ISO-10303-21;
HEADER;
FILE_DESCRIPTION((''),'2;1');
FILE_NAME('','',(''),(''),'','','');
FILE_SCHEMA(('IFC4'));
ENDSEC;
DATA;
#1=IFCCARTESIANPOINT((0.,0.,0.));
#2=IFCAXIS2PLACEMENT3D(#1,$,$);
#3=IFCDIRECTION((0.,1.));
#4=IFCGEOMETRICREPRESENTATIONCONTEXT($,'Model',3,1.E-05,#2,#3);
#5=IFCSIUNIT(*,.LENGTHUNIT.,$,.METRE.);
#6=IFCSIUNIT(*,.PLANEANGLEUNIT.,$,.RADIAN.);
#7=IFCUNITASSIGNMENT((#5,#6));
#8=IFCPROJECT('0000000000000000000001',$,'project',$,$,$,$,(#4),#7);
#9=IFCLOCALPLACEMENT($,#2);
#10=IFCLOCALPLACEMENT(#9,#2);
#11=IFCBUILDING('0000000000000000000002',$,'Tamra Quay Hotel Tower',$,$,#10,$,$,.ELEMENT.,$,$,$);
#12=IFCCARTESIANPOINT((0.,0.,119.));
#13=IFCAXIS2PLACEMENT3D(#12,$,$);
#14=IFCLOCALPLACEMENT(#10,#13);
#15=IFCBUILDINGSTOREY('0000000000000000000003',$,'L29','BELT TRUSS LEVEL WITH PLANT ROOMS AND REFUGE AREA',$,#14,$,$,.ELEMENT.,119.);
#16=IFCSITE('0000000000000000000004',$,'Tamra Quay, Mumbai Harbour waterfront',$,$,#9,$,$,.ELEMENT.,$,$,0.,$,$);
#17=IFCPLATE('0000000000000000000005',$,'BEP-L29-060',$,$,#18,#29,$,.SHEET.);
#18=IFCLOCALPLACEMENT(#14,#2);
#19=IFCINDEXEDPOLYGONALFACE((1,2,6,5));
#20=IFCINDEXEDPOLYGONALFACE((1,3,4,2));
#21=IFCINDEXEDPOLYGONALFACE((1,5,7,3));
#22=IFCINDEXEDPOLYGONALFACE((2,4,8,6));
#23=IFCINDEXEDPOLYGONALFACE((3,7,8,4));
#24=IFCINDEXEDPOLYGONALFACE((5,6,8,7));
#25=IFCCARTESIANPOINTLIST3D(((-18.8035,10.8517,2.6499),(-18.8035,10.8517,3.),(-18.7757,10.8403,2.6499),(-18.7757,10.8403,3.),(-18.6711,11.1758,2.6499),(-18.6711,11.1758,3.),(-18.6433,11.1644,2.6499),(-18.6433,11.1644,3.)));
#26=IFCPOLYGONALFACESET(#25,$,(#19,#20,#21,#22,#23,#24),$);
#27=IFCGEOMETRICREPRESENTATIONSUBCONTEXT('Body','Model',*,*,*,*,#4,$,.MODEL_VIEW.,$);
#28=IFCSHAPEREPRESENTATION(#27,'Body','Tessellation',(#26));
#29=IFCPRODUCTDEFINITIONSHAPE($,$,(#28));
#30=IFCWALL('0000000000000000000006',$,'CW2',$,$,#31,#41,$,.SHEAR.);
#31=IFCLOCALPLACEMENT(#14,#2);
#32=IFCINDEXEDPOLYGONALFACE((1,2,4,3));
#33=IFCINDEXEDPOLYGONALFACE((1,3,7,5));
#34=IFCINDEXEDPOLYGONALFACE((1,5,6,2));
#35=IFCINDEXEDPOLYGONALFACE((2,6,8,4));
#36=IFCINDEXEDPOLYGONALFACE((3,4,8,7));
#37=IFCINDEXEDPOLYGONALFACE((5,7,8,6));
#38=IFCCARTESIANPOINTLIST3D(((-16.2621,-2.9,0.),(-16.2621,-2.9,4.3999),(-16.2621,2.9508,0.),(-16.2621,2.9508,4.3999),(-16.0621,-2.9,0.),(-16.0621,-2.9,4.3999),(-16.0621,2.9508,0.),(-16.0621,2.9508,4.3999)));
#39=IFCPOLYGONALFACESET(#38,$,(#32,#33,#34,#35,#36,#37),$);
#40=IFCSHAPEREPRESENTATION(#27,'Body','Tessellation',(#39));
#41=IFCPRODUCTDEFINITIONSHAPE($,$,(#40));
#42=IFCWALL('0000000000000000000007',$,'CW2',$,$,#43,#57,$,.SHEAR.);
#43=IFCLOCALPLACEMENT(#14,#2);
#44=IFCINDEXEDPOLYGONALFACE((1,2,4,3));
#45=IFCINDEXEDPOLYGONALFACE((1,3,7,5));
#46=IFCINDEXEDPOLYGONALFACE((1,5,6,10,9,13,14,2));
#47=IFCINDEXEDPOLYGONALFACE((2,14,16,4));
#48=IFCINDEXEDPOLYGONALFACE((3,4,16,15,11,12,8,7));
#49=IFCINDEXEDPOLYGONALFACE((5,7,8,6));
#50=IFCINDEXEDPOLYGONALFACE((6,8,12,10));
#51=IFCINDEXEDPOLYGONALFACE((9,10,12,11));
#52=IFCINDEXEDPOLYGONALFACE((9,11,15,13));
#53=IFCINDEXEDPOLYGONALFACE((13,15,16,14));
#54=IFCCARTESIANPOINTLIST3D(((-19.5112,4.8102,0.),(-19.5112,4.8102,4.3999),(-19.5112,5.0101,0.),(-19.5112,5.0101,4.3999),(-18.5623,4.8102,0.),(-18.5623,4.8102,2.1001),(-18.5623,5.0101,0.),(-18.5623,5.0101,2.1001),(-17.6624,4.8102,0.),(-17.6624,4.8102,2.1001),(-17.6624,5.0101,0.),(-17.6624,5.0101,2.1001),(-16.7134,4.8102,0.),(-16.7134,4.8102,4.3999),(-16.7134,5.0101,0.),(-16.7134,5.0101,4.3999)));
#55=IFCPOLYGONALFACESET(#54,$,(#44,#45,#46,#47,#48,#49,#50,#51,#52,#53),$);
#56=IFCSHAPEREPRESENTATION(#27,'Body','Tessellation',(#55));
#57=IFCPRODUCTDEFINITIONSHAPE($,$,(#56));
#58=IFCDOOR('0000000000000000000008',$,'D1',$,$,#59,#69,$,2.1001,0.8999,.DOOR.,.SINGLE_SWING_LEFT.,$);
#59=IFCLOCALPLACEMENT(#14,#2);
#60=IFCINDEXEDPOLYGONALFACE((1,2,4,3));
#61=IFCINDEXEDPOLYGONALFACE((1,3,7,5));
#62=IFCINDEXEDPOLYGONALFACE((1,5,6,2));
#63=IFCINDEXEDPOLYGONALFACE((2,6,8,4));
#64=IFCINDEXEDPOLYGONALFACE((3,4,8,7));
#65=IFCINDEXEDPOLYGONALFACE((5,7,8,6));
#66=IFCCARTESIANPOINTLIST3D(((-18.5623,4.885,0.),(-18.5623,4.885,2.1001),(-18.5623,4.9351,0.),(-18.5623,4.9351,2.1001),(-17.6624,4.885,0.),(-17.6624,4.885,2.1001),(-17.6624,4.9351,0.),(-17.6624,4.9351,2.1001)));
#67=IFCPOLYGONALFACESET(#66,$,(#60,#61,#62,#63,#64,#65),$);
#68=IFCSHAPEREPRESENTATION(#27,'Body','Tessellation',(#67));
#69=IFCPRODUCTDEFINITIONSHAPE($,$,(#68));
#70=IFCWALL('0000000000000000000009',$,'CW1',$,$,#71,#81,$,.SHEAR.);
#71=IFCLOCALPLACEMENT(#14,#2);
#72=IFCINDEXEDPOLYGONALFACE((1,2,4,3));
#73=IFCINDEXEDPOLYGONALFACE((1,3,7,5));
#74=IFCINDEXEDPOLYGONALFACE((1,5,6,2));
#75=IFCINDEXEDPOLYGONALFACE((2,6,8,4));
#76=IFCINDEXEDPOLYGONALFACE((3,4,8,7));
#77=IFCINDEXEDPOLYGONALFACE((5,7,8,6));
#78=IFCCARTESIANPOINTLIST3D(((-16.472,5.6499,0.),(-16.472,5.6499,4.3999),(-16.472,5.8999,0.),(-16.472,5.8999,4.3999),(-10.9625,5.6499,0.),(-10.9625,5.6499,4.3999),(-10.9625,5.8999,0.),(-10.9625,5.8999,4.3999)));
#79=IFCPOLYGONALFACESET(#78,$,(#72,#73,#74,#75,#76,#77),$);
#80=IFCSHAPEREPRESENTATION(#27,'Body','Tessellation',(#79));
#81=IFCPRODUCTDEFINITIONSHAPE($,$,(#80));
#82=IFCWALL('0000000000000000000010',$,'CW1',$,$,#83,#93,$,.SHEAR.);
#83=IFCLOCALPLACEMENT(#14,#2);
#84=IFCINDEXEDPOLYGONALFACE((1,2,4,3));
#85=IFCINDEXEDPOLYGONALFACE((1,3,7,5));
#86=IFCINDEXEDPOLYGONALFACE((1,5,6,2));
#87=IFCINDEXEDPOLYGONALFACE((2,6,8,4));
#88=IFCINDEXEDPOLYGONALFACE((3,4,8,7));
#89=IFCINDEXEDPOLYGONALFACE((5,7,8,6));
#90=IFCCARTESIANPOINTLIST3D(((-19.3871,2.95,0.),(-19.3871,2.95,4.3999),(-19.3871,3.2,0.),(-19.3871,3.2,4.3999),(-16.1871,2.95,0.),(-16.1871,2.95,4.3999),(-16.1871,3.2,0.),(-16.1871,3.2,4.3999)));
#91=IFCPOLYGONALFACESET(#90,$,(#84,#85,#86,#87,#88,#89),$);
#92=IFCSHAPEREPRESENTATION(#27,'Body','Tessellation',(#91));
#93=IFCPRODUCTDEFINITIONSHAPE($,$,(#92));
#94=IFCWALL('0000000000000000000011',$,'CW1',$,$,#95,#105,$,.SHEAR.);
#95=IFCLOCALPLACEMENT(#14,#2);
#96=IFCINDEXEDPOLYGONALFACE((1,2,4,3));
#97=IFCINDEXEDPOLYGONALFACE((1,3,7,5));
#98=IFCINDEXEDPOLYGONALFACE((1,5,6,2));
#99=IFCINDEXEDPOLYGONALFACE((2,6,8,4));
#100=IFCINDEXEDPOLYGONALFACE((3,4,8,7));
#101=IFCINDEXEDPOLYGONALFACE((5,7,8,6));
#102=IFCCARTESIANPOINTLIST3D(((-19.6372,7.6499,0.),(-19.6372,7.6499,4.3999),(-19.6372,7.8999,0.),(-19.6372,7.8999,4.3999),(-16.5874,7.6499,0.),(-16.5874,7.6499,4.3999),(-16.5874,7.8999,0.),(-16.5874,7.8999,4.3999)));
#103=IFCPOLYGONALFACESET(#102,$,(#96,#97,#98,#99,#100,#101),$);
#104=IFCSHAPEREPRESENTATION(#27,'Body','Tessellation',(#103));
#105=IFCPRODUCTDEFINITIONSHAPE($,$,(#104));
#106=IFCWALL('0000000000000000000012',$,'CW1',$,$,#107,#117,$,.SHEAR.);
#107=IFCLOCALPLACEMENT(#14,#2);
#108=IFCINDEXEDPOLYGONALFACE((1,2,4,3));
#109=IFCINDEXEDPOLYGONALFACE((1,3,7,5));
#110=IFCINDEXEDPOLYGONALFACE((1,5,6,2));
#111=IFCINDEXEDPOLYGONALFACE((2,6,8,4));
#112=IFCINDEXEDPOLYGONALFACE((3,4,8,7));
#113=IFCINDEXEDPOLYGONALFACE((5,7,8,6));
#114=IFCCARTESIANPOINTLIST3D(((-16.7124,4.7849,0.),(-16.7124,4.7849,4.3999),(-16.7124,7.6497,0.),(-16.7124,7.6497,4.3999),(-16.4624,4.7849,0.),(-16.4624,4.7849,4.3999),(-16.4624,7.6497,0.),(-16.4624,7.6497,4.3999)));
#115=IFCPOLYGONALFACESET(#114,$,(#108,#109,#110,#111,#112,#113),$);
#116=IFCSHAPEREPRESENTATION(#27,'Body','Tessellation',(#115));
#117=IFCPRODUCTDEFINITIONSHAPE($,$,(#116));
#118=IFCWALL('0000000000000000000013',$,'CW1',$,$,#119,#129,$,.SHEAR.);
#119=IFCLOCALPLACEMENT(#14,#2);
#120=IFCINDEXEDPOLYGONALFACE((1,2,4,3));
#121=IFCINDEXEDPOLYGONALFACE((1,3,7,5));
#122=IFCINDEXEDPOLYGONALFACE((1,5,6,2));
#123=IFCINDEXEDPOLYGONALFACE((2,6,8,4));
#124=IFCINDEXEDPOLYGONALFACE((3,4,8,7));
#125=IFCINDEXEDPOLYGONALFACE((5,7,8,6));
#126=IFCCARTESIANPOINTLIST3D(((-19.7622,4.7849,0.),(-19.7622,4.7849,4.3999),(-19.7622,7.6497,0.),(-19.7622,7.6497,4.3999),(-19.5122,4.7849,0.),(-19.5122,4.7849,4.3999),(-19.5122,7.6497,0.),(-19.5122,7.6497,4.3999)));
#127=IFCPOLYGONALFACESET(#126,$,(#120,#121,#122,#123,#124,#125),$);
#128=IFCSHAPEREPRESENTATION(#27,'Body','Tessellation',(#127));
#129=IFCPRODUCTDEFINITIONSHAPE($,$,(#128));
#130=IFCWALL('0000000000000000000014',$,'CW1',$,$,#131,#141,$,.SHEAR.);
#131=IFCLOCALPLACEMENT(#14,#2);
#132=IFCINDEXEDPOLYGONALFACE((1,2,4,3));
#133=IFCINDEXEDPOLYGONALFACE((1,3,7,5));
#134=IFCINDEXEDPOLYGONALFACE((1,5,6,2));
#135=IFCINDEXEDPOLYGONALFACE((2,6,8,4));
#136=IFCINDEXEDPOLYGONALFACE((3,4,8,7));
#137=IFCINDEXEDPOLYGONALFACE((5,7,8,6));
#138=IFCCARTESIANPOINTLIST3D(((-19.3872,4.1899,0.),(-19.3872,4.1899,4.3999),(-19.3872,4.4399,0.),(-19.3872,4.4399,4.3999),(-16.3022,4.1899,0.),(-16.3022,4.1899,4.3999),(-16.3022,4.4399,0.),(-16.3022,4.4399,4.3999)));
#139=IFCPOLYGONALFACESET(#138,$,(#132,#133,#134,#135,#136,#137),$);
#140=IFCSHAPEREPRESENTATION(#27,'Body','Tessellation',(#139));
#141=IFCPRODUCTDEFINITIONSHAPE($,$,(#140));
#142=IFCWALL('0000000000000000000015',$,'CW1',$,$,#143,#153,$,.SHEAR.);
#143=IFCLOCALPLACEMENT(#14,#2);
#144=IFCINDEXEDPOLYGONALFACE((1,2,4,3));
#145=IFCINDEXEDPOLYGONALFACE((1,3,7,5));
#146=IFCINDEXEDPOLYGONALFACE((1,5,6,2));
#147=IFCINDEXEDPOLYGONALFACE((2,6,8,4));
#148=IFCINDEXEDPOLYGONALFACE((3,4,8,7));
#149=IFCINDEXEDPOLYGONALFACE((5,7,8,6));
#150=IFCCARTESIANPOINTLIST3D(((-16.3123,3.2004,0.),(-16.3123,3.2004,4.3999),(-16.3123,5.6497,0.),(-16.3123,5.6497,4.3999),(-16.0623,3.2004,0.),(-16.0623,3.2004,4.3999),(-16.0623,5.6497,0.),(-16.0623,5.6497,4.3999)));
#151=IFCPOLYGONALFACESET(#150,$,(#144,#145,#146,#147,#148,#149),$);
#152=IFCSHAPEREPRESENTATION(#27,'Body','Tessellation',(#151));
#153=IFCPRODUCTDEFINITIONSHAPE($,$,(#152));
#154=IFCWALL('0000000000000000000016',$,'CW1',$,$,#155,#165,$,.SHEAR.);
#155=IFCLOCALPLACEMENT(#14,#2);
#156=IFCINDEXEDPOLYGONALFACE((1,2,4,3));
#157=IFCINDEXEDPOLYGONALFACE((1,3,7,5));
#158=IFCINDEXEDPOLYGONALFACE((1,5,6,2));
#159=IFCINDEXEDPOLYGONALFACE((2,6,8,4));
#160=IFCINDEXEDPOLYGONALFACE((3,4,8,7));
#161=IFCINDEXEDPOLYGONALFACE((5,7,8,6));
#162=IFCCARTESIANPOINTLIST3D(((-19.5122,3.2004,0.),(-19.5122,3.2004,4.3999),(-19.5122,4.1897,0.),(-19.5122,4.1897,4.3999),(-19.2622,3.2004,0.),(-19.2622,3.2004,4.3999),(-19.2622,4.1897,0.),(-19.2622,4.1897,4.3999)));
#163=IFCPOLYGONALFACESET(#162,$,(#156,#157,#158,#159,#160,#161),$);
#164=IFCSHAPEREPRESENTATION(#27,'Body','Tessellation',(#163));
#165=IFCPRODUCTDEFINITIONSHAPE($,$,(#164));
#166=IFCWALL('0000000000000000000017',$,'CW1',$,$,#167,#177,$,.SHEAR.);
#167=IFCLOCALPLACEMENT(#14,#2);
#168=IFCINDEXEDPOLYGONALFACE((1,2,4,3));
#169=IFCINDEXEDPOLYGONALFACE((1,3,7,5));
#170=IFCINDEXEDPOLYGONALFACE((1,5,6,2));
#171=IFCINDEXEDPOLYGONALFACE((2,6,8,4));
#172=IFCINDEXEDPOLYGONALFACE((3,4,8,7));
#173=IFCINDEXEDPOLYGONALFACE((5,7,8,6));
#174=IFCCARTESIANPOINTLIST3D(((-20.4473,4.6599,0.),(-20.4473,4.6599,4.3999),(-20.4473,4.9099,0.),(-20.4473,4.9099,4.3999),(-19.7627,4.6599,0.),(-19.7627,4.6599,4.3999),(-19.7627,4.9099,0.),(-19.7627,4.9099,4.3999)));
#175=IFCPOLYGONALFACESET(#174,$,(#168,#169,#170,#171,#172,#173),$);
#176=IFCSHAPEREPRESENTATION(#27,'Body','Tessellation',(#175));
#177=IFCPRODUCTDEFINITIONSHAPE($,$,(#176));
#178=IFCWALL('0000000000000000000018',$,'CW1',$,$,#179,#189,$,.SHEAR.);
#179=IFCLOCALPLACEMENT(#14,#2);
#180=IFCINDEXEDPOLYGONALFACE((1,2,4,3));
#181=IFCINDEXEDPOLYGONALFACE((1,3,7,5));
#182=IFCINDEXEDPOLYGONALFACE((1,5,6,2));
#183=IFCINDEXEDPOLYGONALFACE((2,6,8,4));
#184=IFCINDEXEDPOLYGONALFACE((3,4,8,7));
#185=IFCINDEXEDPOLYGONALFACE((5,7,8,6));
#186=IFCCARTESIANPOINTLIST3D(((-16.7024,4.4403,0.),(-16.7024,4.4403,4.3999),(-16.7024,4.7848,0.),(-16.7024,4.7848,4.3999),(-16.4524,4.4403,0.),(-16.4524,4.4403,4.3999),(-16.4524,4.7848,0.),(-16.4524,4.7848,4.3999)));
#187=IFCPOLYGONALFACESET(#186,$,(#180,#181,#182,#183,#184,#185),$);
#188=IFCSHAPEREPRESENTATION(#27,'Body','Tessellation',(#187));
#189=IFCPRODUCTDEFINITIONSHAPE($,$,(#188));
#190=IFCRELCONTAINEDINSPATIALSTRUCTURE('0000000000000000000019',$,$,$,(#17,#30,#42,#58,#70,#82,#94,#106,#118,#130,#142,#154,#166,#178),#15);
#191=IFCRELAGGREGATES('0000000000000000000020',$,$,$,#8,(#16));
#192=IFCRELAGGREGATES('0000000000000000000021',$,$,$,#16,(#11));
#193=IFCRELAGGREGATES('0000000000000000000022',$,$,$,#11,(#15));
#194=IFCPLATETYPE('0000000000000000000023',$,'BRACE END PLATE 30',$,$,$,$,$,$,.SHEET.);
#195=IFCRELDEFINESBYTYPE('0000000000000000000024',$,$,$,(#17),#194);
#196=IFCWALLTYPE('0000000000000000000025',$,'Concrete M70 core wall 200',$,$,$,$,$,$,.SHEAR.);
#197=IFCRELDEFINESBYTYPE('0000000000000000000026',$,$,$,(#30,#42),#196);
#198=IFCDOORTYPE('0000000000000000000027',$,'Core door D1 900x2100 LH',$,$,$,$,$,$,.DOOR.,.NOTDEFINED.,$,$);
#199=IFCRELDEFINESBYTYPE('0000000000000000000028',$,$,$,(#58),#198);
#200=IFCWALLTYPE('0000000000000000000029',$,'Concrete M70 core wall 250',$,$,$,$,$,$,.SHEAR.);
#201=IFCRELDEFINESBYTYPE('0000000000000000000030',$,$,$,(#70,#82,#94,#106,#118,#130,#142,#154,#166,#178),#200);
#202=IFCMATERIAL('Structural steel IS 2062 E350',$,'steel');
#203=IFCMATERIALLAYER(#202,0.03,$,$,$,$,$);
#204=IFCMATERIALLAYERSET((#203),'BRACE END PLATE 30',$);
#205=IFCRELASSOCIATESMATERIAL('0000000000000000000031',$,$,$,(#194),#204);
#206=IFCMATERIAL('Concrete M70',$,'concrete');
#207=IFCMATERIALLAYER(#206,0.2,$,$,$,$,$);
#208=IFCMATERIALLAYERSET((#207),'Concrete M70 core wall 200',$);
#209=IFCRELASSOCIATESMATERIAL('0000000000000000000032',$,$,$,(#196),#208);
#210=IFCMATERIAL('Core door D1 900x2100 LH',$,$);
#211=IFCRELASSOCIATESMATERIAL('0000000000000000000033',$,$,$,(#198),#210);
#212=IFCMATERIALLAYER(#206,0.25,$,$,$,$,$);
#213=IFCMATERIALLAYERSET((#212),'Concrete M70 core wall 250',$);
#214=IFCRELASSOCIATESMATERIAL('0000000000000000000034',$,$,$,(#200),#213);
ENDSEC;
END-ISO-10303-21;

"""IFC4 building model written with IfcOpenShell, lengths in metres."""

from ifc_helpers import new_model, si_unit, direction, frame, frame_2d, origin, origin_2d, place, context, subcontext, project, spatial, rectangle, extrude, material, layer, layer_set, type_object, element, fill, save


model = new_model("IFC4")

# Units and contexts
model_context = context("Model", 3, precision=1e-05, world=origin(), true_north=direction((0.0, 1.0)))
body_context = subcontext(model_context, "Body", "Model", "MODEL_VIEW")
ifc_project = project(units=[si_unit("LENGTHUNIT", "METRE"), si_unit("PLANEANGLEUNIT", "RADIAN")], contexts=[model_context])

# Site, building, storey
site_placement = place(None, origin())
site = spatial("IfcSite", under=ifc_project, at=site_placement, Name="Tamra Quay, Mumbai Harbour waterfront", CompositionType="ELEMENT", RefElevation=0.0)
building_placement = place(site_placement, origin())
building = spatial("IfcBuilding", under=site, at=building_placement, Name="Tamra Quay Hotel Tower", CompositionType="ELEMENT")
storey_placement = place(building_placement, frame((0.0, 0.0, 119.0)))
storey = spatial("IfcBuildingStorey", under=building, at=storey_placement, Name="L29", Description="BELT TRUSS LEVEL WITH PLANT ROOMS AND REFUGE AREA", CompositionType="ELEMENT", Elevation=119.0)

# Shared definitions
ifc_material_1 = material(Name="Structural steel IS 2062 E350", Category="steel")

# Plate
ifc_layer_1 = layer(ifc_material_1, 0.03)
ifc_layer_set_1 = layer_set([ifc_layer_1], Name="BRACE END PLATE 30")
plate_type = type_object("IfcPlateType", Name="BRACE END PLATE 30", PredefinedType="SHEET", material=ifc_layer_set_1)
for number, where, z_axis, x_axis, name in (
    (1, (-18.7234, 11.0081, 2.6499), (0.0, 0.0, 1.0), (-0.925809, 0.377991, 0.0), "BEP-L29-060"),
):
    element("IfcPlate", number, at=place(storey_placement, frame(where, z_axis=z_axis, x_axis=x_axis)), inside=storey, type_object=plate_type, Name=name, PredefinedType="SHEET", context=body_context, shape_type="SweptSolid", body=[
        extrude(rectangle(XDim=0.03, YDim=0.3501, at=origin_2d()), origin(), (0.0, 0.0, 1.0), 0.3501),
    ])

# Wall
ifc_material_2 = material(Name="Concrete M70", Category="concrete")
ifc_layer_2 = layer(ifc_material_2, 0.2)
ifc_layer_set_2 = layer_set([ifc_layer_2], Name="Concrete M70 core wall 200")
wall_type_1 = type_object("IfcWallType", Name="Concrete M70 core wall 200", PredefinedType="SHEAR", material=ifc_layer_set_2)
wall_1_placement = place(storey_placement, frame((-16.1621, 2.9507, 0.0), z_axis=(0.0, 0.0, 1.0), x_axis=(0.0, -1.0, 0.0)))
element("IfcWall", 2, at=wall_1_placement, inside=storey, type_object=wall_type_1, Name="CW2", PredefinedType="SHEAR", context=body_context, shape_type="SweptSolid", body=[
    extrude(rectangle(XDim=5.8508, YDim=0.2, at=frame_2d((2.9253, 0.0))), origin(), (0.0, 0.0, 1.0), 4.3999),
])

# Wall, opening, door
wall_2_placement = place(storey_placement, frame((-19.5112, 4.9102, 0.0), z_axis=(0.0, 0.0, 1.0), x_axis=(1.0, 0.0, 0.0)))
wall_2 = element("IfcWall", 3, at=wall_2_placement, inside=storey, type_object=wall_type_1, Name="CW2", PredefinedType="SHEAR", context=body_context, shape_type="SweptSolid", body=[
    extrude(rectangle(XDim=2.7979, YDim=0.2, at=frame_2d((1.3989, 0.0))), origin(), (0.0, 0.0, 1.0), 4.3999),
])
opening_1_placement = place(wall_2_placement, frame((0.949, 0.0, 0.0)))
opening_1 = element("IfcOpeningElement", 4, at=opening_1_placement, cuts=wall_2, PredefinedType="OPENING", context=body_context, shape_type="SweptSolid", body=[
    extrude(rectangle(XDim=0.8999, YDim=2.1001, at=frame_2d((0.45, 1.05))), frame((0.0, 0.1099, 0.0), z_axis=(0.0, -1.0, 0.0), x_axis=(1.0, 0.0, 0.0)), (0.0, 0.0, 1.0), 0.22),
])
ifc_material_3 = material(Name="Core door D1 900x2100 LH")
door_type_1 = type_object("IfcDoorType", Name="Core door D1 900x2100 LH", OperationType="NOTDEFINED", PredefinedType="DOOR", material=ifc_material_3)
door_1_placement = place(opening_1_placement, origin())
door_1 = element("IfcDoor", 5, at=door_1_placement, inside=storey, type_object=door_type_1, Name="D1", OperationType="SINGLE_SWING_LEFT", OverallHeight=2.1001, OverallWidth=0.8999, PredefinedType="DOOR", context=body_context, shape_type="SweptSolid", body=[
    extrude(rectangle(XDim=0.8999, YDim=2.1001, at=frame_2d((0.45, 1.05))), frame((0.0, 0.0249, 0.0), z_axis=(0.0, -1.0, 0.0), x_axis=(1.0, 0.0, 0.0)), (0.0, 0.0, 1.0), 0.05),
])
fill(opening_1, door_1)

# Walls
ifc_layer_3 = layer(ifc_material_2, 0.25)
ifc_layer_set_3 = layer_set([ifc_layer_3], Name="Concrete M70 core wall 250")
wall_type_2 = type_object("IfcWallType", Name="Concrete M70 core wall 250", PredefinedType="SHEAR", material=ifc_layer_set_3)
wall_3_placement = place(storey_placement, frame((-16.4722, 5.7749, 0.0), z_axis=(0.0, 0.0, 1.0), x_axis=(1.0, 0.0, 0.0)))
element("IfcWall", 6, at=wall_3_placement, inside=storey, type_object=wall_type_2, Name="CW1", PredefinedType="SHEAR", context=body_context, shape_type="SweptSolid", body=[
    extrude(rectangle(XDim=5.5095, YDim=0.25, at=frame_2d((2.7549, 0.0))), origin(), (0.0, 0.0, 1.0), 4.3999),
])
wall_4_placement = place(storey_placement, frame((-19.3872, 3.075, 0.0), z_axis=(0.0, 0.0, 1.0), x_axis=(1.0, 0.0, 0.0)))
element("IfcWall", 7, at=wall_4_placement, inside=storey, type_object=wall_type_2, Name="CW1", PredefinedType="SHEAR", context=body_context, shape_type="SweptSolid", body=[
    extrude(rectangle(XDim=3.2, YDim=0.25, at=frame_2d((1.6001, 0.0))), origin(), (0.0, 0.0, 1.0), 4.3999),
])
wall_5_placement = place(storey_placement, frame((-19.6372, 7.7749, 0.0), z_axis=(0.0, 0.0, 1.0), x_axis=(1.0, 0.0, 0.0)))
element("IfcWall", 8, at=wall_5_placement, inside=storey, type_object=wall_type_2, Name="CW1", PredefinedType="SHEAR", context=body_context, shape_type="SweptSolid", body=[
    extrude(rectangle(XDim=3.0498, YDim=0.25, at=frame_2d((1.5249, 0.0))), origin(), (0.0, 0.0, 1.0), 4.3999),
])
for number, where, z_axis, x_axis, name in (
    (9, (-16.5874, 7.6497, 0.0), (0.0, 0.0, 1.0), (0.0, -1.0, 0.0), "CW1"),
    (10, (-19.6372, 4.7849, 0.0), (0.0, 0.0, 1.0), (0.0, 1.0, 0.0), "CW1"),
):
    element("IfcWall", number, at=place(storey_placement, frame(where, z_axis=z_axis, x_axis=x_axis)), inside=storey, type_object=wall_type_2, Name=name, PredefinedType="SHEAR", context=body_context, shape_type="SweptSolid", body=[
        extrude(rectangle(XDim=2.8647, YDim=0.25, at=frame_2d((1.4324, 0.0))), origin(), (0.0, 0.0, 1.0), 4.3999),
    ])
wall_6_placement = place(storey_placement, frame((-16.3022, 4.3149, 0.0), z_axis=(0.0, 0.0, 1.0), x_axis=(-1.0, 0.0, 0.0)))
element("IfcWall", 11, at=wall_6_placement, inside=storey, type_object=wall_type_2, Name="CW1", PredefinedType="SHEAR", context=body_context, shape_type="SweptSolid", body=[
    extrude(rectangle(XDim=3.085, YDim=0.25, at=frame_2d((1.5425, 0.0))), origin(), (0.0, 0.0, 1.0), 4.3999),
])
wall_7_placement = place(storey_placement, frame((-16.1873, 3.2004, 0.0), z_axis=(0.0, 0.0, 1.0), x_axis=(0.0, 1.0, 0.0)))
element("IfcWall", 12, at=wall_7_placement, inside=storey, type_object=wall_type_2, Name="CW1", PredefinedType="SHEAR", context=body_context, shape_type="SweptSolid", body=[
    extrude(rectangle(XDim=2.4492, YDim=0.25, at=frame_2d((1.2246, 0.0))), origin(), (0.0, 0.0, 1.0), 4.3999),
])
wall_8_placement = place(storey_placement, frame((-19.3872, 4.1897, 0.0), z_axis=(0.0, 0.0, 1.0), x_axis=(0.0, -1.0, 0.0)))
element("IfcWall", 13, at=wall_8_placement, inside=storey, type_object=wall_type_2, Name="CW1", PredefinedType="SHEAR", context=body_context, shape_type="SweptSolid", body=[
    extrude(rectangle(XDim=0.9893, YDim=0.25, at=frame_2d((0.4946, 0.0))), origin(), (0.0, 0.0, 1.0), 4.3999),
])
wall_9_placement = place(storey_placement, frame((-20.4473, 4.7849, 0.0), z_axis=(0.0, 0.0, 1.0), x_axis=(1.0, 0.0, 0.0)))
element("IfcWall", 14, at=wall_9_placement, inside=storey, type_object=wall_type_2, Name="CW1", PredefinedType="SHEAR", context=body_context, shape_type="SweptSolid", body=[
    extrude(rectangle(XDim=0.6846, YDim=0.25, at=frame_2d((0.3423, 0.0))), origin(), (0.0, 0.0, 1.0), 4.3999),
])
wall_10_placement = place(storey_placement, frame((-16.5774, 4.7849, 0.0), z_axis=(0.0, 0.0, 1.0), x_axis=(0.0, -1.0, 0.0)))
element("IfcWall", 15, at=wall_10_placement, inside=storey, type_object=wall_type_2, Name="CW1", PredefinedType="SHEAR", context=body_context, shape_type="SweptSolid", body=[
    extrude(rectangle(XDim=0.3445, YDim=0.25, at=frame_2d((0.1724, 0.0))), origin(), (0.0, 0.0, 1.0), 4.3999),
])

save(model, "model.ifc")
